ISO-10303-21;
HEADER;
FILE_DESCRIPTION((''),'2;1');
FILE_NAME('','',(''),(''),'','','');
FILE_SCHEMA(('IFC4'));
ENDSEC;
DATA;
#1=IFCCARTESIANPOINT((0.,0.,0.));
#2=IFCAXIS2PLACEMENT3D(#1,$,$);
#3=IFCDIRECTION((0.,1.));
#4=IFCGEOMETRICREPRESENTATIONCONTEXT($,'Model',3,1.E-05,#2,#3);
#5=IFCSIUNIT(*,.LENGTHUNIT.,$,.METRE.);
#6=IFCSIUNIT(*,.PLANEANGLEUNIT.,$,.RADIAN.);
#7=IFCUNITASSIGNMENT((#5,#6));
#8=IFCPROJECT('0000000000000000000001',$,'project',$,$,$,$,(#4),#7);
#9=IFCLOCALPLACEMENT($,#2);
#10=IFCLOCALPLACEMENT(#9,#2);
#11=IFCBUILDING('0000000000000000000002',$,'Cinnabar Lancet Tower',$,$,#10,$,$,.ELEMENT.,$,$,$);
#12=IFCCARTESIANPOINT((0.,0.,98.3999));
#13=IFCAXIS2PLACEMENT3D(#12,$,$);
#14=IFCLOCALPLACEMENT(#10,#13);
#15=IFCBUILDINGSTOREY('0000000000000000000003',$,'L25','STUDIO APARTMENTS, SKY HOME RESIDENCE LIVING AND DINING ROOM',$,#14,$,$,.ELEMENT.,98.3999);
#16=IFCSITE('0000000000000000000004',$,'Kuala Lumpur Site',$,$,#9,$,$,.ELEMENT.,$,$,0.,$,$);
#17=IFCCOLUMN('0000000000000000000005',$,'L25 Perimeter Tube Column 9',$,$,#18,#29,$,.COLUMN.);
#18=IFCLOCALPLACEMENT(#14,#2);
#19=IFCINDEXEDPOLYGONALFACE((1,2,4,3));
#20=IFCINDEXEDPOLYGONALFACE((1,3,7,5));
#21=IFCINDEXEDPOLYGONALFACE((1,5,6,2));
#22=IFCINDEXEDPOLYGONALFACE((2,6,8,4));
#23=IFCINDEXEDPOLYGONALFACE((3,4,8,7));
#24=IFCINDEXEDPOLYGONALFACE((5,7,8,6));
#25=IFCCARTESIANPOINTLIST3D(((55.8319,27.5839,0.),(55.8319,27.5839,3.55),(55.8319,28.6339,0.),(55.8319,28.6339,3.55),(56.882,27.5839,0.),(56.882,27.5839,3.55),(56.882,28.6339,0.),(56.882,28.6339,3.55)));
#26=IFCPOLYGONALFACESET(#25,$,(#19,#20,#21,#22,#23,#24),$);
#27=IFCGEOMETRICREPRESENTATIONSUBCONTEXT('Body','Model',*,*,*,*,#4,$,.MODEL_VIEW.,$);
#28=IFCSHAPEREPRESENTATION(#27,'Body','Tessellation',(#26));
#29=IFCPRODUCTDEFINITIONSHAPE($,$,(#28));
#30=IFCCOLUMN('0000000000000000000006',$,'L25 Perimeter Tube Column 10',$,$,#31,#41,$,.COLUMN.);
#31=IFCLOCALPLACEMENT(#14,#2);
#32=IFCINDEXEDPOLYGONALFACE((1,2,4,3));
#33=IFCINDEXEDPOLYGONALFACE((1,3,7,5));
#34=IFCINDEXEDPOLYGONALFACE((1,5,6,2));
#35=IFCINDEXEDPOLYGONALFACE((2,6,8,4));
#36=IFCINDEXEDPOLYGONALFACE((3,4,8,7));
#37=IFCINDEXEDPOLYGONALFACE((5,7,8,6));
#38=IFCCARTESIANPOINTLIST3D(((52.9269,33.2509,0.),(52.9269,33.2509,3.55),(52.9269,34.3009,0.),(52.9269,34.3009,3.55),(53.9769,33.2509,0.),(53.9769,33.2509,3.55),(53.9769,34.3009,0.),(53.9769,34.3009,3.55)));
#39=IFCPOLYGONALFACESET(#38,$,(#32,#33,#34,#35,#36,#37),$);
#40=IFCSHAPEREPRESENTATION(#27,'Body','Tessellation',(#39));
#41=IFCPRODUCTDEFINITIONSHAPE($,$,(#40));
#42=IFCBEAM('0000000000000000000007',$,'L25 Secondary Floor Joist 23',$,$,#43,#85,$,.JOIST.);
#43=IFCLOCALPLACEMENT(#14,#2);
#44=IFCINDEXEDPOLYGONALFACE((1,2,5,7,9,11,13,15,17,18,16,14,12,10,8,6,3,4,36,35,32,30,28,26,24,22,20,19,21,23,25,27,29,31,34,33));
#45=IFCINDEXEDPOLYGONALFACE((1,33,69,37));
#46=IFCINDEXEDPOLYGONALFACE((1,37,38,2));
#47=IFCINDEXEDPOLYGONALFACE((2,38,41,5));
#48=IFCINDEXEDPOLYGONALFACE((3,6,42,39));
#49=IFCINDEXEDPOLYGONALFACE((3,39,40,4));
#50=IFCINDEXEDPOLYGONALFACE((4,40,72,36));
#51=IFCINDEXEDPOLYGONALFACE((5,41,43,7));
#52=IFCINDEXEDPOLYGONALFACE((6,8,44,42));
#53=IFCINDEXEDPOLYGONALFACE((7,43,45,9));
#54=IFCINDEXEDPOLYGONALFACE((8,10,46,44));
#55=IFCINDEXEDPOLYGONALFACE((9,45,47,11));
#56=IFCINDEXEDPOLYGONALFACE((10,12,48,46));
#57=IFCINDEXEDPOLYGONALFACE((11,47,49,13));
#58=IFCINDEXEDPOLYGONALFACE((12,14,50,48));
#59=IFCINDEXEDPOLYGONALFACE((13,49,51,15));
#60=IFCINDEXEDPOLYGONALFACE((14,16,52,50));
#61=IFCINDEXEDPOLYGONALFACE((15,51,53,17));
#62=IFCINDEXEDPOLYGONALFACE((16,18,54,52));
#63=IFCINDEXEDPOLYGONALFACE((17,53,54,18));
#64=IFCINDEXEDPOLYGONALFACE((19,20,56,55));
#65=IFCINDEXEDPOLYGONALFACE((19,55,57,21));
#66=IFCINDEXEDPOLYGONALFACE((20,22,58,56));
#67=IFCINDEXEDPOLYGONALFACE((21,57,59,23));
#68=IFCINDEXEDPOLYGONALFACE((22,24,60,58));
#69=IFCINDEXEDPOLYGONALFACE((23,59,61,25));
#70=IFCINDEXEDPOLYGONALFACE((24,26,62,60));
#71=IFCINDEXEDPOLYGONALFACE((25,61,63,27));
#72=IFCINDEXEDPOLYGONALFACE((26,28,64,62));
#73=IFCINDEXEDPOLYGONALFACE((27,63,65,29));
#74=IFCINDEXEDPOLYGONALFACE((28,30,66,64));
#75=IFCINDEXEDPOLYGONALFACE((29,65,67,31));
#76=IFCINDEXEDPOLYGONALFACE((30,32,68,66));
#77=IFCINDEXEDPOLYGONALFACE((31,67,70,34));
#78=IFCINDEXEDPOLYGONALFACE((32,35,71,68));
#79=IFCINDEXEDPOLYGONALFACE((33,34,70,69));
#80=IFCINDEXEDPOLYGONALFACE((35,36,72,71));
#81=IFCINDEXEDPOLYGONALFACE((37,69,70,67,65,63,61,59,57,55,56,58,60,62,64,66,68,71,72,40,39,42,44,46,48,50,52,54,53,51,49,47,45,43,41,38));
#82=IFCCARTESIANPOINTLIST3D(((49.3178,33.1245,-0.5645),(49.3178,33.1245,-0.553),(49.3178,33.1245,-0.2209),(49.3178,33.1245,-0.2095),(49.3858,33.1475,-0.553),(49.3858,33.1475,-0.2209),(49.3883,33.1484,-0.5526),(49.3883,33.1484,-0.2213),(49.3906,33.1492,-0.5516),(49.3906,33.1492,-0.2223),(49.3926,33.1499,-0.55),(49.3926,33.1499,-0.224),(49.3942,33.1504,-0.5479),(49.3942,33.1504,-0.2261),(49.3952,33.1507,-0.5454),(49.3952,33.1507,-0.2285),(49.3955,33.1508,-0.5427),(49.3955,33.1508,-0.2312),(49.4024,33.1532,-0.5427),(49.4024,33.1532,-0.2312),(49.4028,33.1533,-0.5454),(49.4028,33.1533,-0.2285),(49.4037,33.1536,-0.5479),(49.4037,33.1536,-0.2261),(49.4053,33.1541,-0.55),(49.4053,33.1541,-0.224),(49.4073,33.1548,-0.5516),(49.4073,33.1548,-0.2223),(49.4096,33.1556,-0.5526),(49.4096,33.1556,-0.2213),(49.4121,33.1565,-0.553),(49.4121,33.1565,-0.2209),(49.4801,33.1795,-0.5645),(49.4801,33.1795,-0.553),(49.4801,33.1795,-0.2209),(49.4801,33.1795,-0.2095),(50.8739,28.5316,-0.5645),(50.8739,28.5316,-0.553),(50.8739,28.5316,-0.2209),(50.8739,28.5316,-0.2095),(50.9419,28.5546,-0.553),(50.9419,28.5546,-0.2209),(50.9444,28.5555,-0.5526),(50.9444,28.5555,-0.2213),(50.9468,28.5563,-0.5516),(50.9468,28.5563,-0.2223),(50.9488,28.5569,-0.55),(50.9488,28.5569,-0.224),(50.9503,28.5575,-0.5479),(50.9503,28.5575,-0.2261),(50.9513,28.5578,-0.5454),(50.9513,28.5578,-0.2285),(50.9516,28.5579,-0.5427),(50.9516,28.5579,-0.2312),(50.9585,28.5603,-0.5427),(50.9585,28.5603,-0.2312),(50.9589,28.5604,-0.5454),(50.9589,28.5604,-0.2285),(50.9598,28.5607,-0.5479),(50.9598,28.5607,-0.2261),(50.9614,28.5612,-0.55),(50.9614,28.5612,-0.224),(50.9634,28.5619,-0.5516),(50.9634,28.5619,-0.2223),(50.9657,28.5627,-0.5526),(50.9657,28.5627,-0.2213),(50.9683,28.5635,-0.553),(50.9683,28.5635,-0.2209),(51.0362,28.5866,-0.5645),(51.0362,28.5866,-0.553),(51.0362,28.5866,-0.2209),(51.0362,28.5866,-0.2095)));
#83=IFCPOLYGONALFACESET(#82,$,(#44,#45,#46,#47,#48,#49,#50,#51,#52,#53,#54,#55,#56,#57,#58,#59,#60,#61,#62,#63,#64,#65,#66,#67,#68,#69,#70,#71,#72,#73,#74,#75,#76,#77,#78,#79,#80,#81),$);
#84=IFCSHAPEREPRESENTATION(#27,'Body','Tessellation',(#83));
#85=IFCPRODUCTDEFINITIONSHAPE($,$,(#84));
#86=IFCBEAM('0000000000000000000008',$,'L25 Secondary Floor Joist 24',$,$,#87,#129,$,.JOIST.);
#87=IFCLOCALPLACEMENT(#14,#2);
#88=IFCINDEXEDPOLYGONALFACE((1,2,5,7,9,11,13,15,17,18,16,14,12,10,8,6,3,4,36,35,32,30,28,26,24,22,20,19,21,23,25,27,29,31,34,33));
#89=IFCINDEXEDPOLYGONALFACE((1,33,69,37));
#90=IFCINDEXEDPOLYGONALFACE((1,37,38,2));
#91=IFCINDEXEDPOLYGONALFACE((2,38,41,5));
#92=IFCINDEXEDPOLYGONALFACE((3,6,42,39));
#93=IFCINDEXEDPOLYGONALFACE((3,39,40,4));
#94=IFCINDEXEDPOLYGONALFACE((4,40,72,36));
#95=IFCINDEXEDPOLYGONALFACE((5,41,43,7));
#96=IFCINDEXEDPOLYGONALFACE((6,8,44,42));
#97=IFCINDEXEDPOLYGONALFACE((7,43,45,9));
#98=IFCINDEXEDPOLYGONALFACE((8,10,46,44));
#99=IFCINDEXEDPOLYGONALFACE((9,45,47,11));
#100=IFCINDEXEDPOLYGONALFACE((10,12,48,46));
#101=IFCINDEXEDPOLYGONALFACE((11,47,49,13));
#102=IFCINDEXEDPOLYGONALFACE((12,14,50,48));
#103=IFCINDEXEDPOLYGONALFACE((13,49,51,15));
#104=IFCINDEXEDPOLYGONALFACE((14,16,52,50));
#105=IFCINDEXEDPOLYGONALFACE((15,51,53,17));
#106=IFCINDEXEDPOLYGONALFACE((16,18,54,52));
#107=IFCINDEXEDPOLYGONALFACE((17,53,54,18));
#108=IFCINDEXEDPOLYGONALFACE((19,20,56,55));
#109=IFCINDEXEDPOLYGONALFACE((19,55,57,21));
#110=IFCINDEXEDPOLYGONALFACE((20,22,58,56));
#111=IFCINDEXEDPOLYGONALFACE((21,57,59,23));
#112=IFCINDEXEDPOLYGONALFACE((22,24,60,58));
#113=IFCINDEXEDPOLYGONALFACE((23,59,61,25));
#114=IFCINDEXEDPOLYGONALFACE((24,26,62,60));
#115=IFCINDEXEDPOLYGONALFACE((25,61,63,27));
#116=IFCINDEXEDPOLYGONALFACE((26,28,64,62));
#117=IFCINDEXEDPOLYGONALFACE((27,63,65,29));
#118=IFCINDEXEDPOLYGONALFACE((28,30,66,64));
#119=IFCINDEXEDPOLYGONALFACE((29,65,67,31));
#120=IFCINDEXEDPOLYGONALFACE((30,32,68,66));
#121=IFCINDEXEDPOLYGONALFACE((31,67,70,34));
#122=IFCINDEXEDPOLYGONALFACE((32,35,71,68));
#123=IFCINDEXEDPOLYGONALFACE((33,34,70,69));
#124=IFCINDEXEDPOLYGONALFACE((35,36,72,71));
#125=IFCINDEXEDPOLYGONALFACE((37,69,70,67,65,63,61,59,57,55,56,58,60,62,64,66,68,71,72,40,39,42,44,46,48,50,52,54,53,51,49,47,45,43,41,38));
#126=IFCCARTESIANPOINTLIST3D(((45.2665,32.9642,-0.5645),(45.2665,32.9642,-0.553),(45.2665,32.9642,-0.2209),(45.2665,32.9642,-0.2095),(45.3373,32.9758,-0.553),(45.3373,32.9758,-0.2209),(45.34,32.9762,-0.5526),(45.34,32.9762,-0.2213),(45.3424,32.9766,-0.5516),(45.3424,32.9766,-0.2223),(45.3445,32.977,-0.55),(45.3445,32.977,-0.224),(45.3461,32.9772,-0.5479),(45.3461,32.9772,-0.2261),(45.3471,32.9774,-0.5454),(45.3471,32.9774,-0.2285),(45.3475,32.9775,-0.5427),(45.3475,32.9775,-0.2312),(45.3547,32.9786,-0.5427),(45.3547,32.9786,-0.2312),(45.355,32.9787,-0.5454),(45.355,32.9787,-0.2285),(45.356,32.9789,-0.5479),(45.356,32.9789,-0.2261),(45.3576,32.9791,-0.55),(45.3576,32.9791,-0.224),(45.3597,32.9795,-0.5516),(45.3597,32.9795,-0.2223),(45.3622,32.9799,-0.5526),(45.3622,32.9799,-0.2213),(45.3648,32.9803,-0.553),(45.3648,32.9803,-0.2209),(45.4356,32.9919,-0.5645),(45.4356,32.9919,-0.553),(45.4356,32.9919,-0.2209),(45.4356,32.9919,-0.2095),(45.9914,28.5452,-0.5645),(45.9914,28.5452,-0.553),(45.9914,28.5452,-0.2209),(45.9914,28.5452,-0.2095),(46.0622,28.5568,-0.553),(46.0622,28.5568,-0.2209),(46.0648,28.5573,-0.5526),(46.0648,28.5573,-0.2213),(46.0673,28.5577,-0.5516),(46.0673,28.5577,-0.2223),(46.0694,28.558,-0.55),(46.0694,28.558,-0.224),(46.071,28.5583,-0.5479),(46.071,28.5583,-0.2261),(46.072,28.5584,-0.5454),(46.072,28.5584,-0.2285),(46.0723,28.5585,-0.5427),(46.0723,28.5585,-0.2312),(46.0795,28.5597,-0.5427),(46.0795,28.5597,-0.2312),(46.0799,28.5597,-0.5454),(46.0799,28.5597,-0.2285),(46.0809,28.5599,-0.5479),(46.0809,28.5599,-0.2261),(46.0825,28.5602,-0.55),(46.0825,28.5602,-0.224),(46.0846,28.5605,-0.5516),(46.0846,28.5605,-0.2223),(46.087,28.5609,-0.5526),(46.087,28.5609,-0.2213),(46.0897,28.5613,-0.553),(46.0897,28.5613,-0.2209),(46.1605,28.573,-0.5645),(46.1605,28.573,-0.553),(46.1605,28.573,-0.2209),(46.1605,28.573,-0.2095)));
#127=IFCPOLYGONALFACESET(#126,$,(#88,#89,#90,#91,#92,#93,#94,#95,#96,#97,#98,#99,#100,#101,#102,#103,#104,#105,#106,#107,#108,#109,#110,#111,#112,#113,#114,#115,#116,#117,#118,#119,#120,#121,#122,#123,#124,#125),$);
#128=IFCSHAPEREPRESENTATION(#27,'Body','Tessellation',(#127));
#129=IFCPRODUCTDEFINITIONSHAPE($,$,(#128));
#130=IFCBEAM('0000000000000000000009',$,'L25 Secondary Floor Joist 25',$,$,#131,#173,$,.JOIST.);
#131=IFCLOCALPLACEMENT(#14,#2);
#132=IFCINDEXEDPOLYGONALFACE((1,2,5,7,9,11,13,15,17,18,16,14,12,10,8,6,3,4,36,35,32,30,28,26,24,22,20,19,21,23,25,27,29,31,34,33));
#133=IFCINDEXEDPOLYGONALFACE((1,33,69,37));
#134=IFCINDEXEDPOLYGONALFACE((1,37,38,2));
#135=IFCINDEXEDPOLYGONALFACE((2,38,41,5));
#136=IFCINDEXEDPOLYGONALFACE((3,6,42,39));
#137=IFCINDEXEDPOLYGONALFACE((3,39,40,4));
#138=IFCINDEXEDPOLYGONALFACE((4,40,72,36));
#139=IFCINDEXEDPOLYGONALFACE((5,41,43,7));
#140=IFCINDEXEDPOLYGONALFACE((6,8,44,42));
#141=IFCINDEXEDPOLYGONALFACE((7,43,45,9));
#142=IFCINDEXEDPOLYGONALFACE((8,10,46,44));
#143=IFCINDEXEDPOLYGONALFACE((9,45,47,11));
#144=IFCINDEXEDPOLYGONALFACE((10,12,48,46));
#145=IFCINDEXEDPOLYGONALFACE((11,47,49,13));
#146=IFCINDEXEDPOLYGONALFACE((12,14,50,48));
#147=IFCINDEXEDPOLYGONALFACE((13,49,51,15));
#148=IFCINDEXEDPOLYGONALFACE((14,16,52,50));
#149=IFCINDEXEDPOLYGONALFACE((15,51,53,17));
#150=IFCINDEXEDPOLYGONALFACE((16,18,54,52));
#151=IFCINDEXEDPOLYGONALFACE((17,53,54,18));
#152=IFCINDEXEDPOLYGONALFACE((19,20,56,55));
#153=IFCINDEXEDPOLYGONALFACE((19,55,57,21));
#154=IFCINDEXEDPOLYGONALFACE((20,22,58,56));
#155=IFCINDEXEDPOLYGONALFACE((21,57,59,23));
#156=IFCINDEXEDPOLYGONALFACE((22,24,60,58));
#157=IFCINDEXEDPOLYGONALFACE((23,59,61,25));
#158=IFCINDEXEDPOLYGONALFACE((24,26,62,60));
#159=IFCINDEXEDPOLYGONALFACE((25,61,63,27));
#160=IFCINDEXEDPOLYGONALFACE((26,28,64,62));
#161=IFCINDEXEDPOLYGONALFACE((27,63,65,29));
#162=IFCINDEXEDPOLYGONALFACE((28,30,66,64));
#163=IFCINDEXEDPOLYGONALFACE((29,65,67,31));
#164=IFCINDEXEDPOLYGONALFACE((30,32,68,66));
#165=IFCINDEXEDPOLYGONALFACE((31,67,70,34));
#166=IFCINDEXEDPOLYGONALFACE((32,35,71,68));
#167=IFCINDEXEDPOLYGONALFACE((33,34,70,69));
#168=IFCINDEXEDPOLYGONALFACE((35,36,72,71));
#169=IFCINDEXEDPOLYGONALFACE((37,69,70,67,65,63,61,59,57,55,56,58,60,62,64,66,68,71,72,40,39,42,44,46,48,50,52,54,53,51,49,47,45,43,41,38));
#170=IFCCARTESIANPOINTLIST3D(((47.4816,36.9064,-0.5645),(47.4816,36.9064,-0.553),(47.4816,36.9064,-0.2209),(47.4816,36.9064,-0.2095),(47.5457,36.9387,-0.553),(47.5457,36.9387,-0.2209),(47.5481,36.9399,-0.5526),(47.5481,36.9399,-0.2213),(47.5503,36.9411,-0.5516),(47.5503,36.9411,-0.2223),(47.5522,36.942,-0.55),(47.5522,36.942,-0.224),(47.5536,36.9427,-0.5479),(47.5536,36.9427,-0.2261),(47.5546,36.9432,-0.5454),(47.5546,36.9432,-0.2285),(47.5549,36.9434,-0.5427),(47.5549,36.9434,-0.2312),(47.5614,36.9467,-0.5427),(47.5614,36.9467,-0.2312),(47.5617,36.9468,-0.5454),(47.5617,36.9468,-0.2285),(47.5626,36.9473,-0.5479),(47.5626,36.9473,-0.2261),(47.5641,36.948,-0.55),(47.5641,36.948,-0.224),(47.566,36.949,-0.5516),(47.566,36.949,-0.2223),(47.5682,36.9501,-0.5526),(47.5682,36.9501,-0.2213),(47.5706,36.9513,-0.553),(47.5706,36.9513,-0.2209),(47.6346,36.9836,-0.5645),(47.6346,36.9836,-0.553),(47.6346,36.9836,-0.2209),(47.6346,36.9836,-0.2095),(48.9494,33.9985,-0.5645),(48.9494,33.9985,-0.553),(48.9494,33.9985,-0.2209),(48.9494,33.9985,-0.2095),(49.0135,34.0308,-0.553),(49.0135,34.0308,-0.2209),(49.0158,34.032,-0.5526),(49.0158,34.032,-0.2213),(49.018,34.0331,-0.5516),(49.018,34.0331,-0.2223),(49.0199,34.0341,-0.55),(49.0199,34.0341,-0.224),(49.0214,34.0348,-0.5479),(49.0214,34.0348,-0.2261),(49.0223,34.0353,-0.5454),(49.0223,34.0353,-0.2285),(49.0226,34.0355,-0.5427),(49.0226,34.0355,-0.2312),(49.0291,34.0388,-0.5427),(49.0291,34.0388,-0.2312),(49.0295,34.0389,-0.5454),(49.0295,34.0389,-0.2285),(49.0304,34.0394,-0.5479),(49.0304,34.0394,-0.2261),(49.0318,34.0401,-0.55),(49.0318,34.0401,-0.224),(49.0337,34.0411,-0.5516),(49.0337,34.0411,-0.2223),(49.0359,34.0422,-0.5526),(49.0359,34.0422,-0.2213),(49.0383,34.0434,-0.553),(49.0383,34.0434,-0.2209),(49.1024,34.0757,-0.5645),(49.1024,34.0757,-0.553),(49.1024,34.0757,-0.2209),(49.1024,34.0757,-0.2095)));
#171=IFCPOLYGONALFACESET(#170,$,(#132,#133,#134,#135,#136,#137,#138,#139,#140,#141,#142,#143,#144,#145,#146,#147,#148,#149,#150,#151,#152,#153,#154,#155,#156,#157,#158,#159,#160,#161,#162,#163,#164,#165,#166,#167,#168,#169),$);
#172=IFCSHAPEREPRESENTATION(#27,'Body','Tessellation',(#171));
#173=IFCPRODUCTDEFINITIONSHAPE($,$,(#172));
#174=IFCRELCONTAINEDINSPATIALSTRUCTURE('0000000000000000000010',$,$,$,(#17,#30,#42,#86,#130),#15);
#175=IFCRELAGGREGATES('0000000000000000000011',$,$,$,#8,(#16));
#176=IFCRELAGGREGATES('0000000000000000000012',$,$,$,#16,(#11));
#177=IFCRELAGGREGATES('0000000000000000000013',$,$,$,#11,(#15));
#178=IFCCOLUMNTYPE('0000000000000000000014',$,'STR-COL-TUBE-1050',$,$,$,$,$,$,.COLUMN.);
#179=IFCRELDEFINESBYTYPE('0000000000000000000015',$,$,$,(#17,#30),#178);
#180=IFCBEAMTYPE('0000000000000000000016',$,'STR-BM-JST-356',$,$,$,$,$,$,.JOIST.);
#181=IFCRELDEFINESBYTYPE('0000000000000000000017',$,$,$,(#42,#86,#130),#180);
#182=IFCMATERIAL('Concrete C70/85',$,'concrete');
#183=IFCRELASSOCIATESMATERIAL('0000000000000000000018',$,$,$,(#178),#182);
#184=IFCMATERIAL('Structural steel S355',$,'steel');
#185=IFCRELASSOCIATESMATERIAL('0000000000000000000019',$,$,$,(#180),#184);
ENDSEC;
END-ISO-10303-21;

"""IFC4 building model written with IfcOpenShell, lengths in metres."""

from ifc_helpers import new_model, si_unit, direction, frame, origin, origin_2d, place, context, subcontext, project, spatial, rectangle, i_section, extrude, material, material_profile, profile_set, type_object, element, save


model = new_model("IFC4")

# Units and contexts
model_context = context("Model", 3, precision=1e-05, world=origin(), true_north=direction((0.0, 1.0)))
body_context = subcontext(model_context, "Body", "Model", "MODEL_VIEW")
ifc_project = project(units=[si_unit("LENGTHUNIT", "METRE"), si_unit("PLANEANGLEUNIT", "RADIAN")], contexts=[model_context])

# Site, building, storey
site_placement = place(None, origin())
site = spatial("IfcSite", under=ifc_project, at=site_placement, Name="Kuala Lumpur Site", CompositionType="ELEMENT", RefElevation=0.0)
building_placement = place(site_placement, origin())
building = spatial("IfcBuilding", under=site, at=building_placement, Name="Cinnabar Lancet Tower", CompositionType="ELEMENT")
storey_placement = place(building_placement, frame((0.0, 0.0, 98.3999)))
storey = spatial("IfcBuildingStorey", under=building, at=storey_placement, Name="L25", Description="STUDIO APARTMENTS, SKY HOME RESIDENCE LIVING AND DINING ROOM", CompositionType="ELEMENT", Elevation=98.3999)

# Columns
ifc_material_1 = material(Name="Concrete C70/85", Category="concrete")
ifc_material_profile_1 = material_profile(ifc_material_1, rectangle(XDim=1.05, YDim=1.05, at=origin_2d()), Name="RC-COL 1050x1050")
ifc_profile_set_1 = profile_set([ifc_material_profile_1], Name="Concrete C70/85")
column_type = type_object("IfcColumnType", Name="STR-COL-TUBE-1050", PredefinedType="COLUMN", material=ifc_profile_set_1)
for number, where, z_axis, x_axis, name in (
    (1, (56.3569, 28.1089, 0.0), (0.0, 0.0, 1.0), (1.0, 0.0, 0.0), "L25 Perimeter Tube Column 9"),
    (2, (53.4519, 33.7759, 0.0), (0.0, 0.0, 1.0), (1.0, 0.0, 0.0), "L25 Perimeter Tube Column 10"),
):
    element("IfcColumn", number, at=place(storey_placement, frame(where, z_axis=z_axis, x_axis=x_axis)), inside=storey, type_object=column_type, Name=name, PredefinedType="COLUMN", context=body_context, shape_type="SweptSolid", body=[
        extrude(rectangle(XDim=1.05, YDim=1.05, at=origin_2d()), origin(), (0.0, 0.0, 1.0), 3.55),
    ])

# Beams
ifc_material_2 = material(Name="Structural steel S355", Category="steel")
ifc_material_profile_2 = material_profile(ifc_material_2, i_section(OverallWidth=0.1714, OverallDepth=0.355, WebThickness=0.0073, FlangeThickness=0.0115, FilletRadius=0.0103, at=origin_2d()), Name="UKB 356x171x51")
ifc_profile_set_2 = profile_set([ifc_material_profile_2], Name="Structural steel S355")
beam_type_1 = type_object("IfcBeamType", Name="STR-BM-JST-356", PredefinedType="JOIST", material=ifc_profile_set_2)
beam_1_placement = place(storey_placement, frame((50.9551, 28.5591, -0.387), z_axis=(-0.320891, 0.947116, 0.0), x_axis=(-0.947116, -0.320891, 0.0)))
element("IfcBeam", 3, at=beam_1_placement, inside=storey, type_object=beam_type_1, Name="L25 Secondary Floor Joist 23", PredefinedType="JOIST", context=body_context, shape_type="SweptSolid", body=[
    extrude(i_section(OverallWidth=0.1714, OverallDepth=0.355, WebThickness=0.0073, FlangeThickness=0.0115, FilletRadius=0.0103, at=origin_2d()), origin(), (0.0, 0.0, 1.0), 4.8494),
])
beam_2_placement = place(storey_placement, frame((46.0759, 28.5591, -0.387), z_axis=(-0.16187, 0.986812, 0.0), x_axis=(-0.986812, -0.16187, 0.0)))
element("IfcBeam", 4, at=beam_2_placement, inside=storey, type_object=beam_type_1, Name="L25 Secondary Floor Joist 24", PredefinedType="JOIST", context=body_context, shape_type="SweptSolid", body=[
    extrude(i_section(OverallWidth=0.1714, OverallDepth=0.355, WebThickness=0.0073, FlangeThickness=0.0115, FilletRadius=0.0103, at=origin_2d()), origin(), (0.0, 0.0, 1.0), 4.478),
])
beam_3_placement = place(storey_placement, frame((49.0259, 34.0371, -0.387), z_axis=(-0.450598, 0.892727, 0.0), x_axis=(-0.892727, -0.450598, 0.0)))
element("IfcBeam", 5, at=beam_3_placement, inside=storey, type_object=beam_type_1, Name="L25 Secondary Floor Joist 25", PredefinedType="JOIST", context=body_context, shape_type="SweptSolid", body=[
    extrude(i_section(OverallWidth=0.1714, OverallDepth=0.355, WebThickness=0.0073, FlangeThickness=0.0115, FilletRadius=0.0103, at=origin_2d()), origin(), (0.0, 0.0, 1.0), 3.2573),
])

save(model, "model.ifc")
